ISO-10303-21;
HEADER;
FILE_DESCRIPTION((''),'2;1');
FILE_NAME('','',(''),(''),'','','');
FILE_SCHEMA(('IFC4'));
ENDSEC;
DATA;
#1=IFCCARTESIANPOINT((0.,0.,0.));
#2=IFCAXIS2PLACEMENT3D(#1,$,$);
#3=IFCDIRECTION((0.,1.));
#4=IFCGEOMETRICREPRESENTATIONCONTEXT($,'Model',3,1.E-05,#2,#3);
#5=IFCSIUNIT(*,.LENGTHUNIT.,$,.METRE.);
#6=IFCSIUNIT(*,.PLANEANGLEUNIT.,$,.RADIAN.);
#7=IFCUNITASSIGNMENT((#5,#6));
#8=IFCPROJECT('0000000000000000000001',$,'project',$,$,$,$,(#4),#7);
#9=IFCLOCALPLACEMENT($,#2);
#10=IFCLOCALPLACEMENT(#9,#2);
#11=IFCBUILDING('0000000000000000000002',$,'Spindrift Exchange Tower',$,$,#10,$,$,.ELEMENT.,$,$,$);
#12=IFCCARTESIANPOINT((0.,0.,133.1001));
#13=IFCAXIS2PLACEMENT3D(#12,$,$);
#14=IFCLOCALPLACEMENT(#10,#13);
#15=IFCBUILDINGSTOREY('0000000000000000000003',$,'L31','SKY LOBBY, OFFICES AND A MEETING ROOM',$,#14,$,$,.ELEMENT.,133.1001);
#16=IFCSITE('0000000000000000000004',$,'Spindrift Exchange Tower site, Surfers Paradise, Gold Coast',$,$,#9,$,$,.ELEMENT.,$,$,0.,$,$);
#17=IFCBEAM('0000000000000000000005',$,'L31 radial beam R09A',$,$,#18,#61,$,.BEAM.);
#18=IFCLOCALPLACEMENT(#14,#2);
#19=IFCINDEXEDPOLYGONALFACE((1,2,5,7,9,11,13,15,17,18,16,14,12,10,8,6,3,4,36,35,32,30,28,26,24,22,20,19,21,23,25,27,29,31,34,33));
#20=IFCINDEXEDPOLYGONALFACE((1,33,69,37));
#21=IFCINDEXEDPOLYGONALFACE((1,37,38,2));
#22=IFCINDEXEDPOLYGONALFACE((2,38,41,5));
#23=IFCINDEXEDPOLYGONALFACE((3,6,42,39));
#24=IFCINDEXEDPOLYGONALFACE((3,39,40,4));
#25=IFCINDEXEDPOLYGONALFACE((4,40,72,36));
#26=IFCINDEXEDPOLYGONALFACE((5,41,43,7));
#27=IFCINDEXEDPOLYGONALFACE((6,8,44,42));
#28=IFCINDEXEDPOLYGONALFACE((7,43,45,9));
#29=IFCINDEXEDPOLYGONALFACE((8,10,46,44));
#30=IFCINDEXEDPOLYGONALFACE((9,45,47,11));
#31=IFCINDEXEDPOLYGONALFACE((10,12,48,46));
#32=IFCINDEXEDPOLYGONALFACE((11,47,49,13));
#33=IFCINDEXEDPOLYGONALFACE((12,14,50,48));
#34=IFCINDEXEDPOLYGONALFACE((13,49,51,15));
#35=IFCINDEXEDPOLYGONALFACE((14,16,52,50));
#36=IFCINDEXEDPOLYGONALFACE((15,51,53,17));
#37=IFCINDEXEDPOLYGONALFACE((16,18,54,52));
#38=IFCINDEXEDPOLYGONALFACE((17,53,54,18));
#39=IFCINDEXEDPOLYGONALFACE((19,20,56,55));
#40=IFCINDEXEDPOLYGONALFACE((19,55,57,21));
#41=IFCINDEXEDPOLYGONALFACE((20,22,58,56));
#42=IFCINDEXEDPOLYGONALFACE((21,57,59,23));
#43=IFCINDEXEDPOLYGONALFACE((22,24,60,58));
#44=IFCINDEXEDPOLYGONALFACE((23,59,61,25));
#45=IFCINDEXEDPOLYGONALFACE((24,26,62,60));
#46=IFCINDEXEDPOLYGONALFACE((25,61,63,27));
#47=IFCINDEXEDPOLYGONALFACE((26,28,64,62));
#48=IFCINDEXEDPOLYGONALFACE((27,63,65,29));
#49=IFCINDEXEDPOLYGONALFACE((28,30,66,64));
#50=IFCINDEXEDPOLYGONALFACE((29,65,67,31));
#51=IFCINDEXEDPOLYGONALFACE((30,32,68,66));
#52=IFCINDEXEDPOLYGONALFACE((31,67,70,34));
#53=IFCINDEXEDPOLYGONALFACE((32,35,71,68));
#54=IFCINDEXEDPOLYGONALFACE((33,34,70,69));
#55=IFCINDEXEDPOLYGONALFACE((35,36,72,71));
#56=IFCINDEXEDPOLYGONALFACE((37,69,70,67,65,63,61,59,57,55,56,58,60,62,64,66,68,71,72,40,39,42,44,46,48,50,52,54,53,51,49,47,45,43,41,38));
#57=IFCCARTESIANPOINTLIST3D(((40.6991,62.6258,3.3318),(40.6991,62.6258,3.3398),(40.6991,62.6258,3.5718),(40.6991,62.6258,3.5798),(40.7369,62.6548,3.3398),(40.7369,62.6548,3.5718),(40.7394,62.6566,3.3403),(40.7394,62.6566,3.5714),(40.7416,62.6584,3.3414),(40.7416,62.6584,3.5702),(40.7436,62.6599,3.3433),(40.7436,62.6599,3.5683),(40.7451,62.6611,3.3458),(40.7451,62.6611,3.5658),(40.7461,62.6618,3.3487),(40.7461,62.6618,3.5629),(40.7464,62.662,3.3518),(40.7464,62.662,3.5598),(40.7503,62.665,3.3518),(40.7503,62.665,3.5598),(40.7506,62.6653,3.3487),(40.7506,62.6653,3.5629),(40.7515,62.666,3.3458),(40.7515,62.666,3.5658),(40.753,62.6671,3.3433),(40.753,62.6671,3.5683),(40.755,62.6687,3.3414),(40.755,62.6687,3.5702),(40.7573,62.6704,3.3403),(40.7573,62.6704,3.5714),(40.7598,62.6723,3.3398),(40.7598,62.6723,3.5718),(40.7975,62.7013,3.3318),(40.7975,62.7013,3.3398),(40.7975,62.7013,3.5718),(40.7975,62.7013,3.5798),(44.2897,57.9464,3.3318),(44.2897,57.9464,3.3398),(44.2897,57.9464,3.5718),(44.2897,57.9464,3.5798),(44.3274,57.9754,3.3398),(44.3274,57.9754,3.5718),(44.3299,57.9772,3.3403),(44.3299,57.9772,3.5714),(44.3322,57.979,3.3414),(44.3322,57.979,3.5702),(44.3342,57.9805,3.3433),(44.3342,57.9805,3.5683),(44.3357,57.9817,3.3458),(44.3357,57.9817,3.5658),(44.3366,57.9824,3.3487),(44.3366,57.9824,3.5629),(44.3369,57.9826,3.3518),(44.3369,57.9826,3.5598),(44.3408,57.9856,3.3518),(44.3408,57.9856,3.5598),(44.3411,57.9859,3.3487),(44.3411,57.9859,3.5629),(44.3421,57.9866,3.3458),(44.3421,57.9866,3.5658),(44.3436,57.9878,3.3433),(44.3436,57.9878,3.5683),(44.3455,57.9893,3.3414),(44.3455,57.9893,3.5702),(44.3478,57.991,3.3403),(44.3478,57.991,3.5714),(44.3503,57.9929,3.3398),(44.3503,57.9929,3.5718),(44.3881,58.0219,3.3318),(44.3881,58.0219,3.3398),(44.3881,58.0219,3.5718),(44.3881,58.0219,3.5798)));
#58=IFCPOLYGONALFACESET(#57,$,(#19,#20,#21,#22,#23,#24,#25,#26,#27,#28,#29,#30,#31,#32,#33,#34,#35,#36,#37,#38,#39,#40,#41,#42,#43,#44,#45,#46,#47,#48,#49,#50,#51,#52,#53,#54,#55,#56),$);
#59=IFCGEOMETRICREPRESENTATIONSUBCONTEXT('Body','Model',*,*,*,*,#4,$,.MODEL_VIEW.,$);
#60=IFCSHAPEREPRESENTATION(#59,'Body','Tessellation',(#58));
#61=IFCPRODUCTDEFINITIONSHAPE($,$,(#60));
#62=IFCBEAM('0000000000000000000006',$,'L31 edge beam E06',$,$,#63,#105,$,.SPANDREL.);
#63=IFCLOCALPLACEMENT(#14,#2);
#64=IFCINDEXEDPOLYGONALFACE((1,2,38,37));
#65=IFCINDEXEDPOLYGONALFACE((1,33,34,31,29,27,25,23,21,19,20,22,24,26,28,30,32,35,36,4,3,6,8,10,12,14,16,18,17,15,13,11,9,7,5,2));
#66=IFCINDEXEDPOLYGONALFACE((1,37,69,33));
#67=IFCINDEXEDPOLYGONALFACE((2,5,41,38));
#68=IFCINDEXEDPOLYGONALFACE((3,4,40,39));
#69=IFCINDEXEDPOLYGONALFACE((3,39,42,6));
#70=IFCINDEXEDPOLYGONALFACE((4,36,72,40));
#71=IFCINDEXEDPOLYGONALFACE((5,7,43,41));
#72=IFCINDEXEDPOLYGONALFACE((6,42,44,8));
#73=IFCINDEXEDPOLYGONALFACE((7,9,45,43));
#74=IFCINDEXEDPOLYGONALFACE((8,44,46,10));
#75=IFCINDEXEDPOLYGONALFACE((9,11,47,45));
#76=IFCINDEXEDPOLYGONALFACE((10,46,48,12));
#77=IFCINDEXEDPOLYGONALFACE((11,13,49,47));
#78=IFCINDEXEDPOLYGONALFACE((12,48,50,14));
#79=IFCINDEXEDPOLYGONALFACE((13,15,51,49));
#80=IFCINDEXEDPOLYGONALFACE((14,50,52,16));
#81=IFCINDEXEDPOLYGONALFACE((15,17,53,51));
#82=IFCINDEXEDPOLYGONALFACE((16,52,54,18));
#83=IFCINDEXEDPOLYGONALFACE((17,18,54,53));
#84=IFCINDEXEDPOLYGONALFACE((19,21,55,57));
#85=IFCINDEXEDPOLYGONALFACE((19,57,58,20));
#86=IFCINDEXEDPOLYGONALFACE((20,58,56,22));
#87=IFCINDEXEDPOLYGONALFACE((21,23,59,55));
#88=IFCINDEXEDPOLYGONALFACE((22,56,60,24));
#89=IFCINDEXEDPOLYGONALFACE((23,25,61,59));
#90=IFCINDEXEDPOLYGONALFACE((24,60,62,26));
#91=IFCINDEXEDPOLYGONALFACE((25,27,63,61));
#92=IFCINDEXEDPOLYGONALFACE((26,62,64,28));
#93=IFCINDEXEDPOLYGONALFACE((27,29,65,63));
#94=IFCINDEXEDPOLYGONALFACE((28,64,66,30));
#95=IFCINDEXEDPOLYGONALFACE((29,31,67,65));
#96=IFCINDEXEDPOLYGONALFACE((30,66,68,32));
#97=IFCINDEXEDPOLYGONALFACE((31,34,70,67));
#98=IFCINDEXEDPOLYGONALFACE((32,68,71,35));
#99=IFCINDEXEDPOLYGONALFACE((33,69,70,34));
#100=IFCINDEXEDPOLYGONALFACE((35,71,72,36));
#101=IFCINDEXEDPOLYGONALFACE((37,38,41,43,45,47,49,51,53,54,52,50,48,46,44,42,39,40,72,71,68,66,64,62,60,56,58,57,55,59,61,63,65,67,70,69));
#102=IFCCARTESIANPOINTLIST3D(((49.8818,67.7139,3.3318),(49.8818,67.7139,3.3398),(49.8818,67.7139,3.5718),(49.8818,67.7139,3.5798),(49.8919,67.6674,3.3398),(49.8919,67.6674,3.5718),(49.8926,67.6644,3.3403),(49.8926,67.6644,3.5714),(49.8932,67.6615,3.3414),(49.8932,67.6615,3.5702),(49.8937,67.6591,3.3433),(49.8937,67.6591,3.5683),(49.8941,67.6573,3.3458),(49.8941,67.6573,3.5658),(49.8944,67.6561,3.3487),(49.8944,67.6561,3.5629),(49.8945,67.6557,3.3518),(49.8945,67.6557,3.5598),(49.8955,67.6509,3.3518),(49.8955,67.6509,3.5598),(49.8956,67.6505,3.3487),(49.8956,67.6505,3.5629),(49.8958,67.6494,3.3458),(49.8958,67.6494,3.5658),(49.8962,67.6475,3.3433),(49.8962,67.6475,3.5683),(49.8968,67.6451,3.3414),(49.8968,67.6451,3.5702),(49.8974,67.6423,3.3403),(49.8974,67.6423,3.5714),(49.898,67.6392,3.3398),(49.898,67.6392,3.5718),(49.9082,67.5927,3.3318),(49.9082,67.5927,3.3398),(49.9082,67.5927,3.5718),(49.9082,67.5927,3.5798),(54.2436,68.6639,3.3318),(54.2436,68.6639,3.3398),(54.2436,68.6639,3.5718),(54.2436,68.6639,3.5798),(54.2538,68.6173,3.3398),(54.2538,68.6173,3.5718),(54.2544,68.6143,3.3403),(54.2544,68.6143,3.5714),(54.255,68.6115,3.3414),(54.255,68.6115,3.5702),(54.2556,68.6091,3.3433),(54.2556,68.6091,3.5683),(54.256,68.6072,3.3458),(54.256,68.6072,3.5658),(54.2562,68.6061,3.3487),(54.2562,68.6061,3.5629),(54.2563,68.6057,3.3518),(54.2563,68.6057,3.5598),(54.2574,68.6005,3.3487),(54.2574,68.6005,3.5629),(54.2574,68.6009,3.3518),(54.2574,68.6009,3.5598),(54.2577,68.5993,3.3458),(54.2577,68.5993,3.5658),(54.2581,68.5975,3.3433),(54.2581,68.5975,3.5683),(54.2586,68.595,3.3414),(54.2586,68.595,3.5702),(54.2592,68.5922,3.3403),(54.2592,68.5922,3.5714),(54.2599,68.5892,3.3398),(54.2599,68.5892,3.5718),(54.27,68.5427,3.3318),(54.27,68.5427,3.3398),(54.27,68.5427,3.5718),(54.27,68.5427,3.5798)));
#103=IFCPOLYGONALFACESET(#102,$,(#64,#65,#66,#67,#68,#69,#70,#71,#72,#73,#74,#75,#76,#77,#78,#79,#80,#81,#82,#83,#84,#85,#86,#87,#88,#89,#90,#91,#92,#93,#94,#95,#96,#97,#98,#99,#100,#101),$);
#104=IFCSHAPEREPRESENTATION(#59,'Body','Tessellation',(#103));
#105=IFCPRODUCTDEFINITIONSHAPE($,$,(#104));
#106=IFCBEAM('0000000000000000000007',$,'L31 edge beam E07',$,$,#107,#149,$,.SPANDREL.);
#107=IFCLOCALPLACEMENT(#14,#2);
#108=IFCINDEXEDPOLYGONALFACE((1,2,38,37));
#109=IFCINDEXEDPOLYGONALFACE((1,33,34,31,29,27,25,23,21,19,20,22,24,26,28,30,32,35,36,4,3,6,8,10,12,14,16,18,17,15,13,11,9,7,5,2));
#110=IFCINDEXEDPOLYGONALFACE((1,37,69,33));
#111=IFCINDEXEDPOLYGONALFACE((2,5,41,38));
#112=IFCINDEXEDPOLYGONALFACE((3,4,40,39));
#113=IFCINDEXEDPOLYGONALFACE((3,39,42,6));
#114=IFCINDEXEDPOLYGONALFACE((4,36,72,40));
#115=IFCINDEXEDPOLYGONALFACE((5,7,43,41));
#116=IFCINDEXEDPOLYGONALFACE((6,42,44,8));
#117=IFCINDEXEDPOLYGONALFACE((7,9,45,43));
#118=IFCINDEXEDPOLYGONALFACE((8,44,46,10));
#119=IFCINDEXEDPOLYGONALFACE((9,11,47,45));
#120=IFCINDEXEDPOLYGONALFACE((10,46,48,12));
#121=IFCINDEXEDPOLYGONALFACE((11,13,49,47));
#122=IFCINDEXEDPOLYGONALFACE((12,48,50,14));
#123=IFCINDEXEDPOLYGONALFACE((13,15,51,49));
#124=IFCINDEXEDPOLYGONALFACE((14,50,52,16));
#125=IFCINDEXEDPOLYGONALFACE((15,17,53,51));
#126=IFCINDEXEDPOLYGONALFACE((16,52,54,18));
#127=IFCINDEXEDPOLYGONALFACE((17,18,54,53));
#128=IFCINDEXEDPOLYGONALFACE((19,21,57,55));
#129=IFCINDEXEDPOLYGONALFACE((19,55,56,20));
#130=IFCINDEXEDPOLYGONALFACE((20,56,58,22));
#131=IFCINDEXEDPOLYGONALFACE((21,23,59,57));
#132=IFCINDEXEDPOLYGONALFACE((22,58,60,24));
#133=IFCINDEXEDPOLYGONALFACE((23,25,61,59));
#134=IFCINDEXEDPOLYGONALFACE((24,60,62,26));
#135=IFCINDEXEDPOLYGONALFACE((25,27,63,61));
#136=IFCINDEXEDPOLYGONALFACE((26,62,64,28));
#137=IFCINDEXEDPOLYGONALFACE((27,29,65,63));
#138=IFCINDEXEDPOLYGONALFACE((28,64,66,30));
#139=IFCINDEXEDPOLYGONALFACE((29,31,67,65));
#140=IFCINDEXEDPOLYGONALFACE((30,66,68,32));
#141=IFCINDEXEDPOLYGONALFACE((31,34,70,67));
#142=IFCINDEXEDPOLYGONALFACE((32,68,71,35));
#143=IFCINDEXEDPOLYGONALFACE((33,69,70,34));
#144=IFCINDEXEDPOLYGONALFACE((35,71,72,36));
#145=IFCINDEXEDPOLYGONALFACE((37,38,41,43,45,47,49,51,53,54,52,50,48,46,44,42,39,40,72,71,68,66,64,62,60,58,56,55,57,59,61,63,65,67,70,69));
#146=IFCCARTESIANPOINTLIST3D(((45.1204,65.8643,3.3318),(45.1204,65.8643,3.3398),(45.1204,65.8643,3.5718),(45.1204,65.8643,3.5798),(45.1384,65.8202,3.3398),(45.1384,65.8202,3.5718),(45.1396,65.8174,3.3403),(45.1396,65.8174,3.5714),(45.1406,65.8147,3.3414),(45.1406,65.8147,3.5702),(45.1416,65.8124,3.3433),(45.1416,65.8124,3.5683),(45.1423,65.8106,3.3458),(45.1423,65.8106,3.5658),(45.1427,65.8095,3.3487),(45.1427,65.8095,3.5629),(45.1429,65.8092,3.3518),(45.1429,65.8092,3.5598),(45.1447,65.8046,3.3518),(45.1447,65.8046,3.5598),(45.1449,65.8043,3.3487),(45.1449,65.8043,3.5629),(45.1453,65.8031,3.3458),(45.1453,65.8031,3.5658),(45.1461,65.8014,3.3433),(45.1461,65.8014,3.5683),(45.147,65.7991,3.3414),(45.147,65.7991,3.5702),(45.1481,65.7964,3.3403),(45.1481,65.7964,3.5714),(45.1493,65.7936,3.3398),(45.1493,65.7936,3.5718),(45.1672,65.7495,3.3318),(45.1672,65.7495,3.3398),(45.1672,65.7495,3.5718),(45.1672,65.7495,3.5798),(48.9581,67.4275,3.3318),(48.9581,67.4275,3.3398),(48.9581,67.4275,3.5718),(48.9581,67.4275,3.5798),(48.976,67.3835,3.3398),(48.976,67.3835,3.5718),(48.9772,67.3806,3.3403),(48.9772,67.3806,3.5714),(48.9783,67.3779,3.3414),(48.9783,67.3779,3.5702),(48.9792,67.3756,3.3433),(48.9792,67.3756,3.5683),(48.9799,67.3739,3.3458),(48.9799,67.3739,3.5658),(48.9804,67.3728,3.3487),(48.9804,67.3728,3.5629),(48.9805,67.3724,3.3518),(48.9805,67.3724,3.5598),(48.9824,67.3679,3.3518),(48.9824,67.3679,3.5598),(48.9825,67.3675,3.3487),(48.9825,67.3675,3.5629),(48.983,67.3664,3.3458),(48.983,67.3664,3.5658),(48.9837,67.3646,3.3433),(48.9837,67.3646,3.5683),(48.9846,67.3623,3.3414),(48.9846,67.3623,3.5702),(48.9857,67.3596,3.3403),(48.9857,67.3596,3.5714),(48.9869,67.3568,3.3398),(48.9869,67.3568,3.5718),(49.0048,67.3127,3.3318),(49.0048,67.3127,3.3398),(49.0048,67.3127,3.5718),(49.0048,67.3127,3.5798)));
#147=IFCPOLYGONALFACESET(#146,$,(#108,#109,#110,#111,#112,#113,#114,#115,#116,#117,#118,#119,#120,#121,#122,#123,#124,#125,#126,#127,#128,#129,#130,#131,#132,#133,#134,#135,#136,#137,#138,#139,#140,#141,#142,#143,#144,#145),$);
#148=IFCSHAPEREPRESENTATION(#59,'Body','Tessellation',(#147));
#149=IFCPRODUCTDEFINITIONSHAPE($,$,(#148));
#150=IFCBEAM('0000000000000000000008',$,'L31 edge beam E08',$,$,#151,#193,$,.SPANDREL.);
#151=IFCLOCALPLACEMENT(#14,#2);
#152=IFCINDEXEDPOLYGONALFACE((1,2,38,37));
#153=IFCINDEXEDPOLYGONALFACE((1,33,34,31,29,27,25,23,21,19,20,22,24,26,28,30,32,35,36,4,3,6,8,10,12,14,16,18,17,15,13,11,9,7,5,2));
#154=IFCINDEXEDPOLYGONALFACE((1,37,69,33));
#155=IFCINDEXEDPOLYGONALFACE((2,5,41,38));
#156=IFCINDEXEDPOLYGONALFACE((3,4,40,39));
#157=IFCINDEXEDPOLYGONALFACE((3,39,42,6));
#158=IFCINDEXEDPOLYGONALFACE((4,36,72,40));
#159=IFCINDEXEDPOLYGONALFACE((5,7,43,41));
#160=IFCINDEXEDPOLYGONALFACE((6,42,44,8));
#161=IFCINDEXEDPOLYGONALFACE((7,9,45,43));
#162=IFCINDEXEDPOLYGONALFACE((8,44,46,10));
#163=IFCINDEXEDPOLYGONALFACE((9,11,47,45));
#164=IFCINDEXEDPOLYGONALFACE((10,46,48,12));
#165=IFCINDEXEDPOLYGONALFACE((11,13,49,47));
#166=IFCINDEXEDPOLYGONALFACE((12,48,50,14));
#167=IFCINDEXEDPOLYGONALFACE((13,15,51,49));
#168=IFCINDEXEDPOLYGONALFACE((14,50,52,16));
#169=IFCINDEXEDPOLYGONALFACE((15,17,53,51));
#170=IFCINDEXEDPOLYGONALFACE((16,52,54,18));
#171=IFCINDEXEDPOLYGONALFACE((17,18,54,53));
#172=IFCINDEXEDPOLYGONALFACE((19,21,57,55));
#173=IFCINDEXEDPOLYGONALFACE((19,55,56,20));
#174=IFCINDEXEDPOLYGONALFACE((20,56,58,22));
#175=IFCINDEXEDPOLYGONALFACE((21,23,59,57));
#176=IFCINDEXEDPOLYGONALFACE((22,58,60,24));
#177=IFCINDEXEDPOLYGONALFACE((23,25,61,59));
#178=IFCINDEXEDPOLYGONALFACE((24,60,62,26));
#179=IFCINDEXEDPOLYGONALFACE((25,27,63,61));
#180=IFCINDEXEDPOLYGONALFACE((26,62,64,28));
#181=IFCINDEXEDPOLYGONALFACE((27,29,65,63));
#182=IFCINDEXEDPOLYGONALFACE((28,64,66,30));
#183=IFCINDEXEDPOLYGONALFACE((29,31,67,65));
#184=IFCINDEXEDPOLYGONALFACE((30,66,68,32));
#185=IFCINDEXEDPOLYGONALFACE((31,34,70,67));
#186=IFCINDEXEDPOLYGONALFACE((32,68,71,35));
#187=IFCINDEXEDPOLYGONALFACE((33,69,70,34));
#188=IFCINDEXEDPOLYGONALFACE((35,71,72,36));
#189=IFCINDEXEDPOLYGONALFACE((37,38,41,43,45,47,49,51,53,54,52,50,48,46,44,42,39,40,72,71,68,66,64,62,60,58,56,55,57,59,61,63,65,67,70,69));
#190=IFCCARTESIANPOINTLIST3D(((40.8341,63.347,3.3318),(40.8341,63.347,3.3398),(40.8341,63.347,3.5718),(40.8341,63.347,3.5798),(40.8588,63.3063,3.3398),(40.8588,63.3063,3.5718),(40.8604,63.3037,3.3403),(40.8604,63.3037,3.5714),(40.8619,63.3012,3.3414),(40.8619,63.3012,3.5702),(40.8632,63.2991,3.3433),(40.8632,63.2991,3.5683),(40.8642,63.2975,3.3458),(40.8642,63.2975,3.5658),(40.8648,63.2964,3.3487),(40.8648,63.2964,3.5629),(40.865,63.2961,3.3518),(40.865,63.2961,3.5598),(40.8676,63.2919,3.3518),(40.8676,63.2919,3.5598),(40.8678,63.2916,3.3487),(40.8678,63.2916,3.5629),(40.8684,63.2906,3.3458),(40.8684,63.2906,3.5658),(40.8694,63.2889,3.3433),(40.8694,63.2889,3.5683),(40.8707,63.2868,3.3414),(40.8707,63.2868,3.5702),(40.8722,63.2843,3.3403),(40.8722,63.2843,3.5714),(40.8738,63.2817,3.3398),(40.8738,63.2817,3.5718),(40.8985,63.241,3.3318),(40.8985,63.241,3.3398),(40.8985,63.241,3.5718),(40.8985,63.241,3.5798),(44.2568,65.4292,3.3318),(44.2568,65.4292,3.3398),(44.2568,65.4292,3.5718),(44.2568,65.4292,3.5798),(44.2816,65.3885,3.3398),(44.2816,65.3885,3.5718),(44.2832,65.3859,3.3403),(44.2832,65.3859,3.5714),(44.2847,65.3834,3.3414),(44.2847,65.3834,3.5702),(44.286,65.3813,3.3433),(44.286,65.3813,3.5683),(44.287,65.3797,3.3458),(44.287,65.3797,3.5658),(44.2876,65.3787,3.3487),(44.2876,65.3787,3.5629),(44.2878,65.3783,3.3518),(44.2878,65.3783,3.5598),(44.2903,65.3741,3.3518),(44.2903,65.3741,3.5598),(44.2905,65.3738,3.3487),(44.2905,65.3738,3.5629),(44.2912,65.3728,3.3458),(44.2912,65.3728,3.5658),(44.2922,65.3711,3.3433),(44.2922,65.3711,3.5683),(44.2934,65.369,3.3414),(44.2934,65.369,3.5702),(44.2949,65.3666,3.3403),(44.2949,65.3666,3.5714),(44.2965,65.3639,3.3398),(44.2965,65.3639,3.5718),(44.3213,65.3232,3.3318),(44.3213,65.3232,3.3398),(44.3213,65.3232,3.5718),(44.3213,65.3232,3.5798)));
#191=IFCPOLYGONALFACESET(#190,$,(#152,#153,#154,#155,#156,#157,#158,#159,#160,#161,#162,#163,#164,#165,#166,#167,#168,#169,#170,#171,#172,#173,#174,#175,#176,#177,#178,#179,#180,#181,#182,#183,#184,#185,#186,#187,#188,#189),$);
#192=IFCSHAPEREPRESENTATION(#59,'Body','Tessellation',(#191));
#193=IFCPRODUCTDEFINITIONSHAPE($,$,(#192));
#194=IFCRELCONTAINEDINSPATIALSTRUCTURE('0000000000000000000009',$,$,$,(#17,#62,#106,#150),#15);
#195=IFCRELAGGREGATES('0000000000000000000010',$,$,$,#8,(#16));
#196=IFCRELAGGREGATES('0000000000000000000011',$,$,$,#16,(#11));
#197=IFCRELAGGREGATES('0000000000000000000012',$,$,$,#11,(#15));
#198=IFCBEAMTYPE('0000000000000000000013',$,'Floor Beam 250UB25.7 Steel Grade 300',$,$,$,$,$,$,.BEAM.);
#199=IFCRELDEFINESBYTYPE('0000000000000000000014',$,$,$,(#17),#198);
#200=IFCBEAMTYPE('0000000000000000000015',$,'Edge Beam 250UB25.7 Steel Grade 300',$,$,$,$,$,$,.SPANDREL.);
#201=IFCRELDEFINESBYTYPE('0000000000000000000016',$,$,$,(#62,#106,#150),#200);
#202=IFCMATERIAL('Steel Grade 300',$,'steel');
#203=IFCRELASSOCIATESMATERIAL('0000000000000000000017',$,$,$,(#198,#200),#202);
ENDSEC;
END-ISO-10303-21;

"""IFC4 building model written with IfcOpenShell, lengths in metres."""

from ifc_helpers import new_model, si_unit, direction, frame, origin, origin_2d, place, context, subcontext, project, spatial, i_section, extrude, source, transform, mapped, material, material_profile, profile_set, type_object, element, save


model = new_model("IFC4")

# Units and contexts
model_context = context("Model", 3, precision=1e-05, world=origin(), true_north=direction((0.0, 1.0)))
body_context = subcontext(model_context, "Body", "Model", "MODEL_VIEW")
ifc_project = project(units=[si_unit("LENGTHUNIT", "METRE"), si_unit("PLANEANGLEUNIT", "RADIAN")], contexts=[model_context])

# Site, building, storey
site_placement = place(None, origin())
site = spatial("IfcSite", under=ifc_project, at=site_placement, Name="Spindrift Exchange Tower site, Surfers Paradise, Gold Coast", CompositionType="ELEMENT", RefElevation=0.0)
building_placement = place(site_placement, origin())
building = spatial("IfcBuilding", under=site, at=building_placement, Name="Spindrift Exchange Tower", CompositionType="ELEMENT")
storey_placement = place(building_placement, frame((0.0, 0.0, 133.1001)))
storey = spatial("IfcBuildingStorey", under=building, at=storey_placement, Name="L31", Description="SKY LOBBY, OFFICES AND A MEETING ROOM", CompositionType="ELEMENT", Elevation=133.1001)

# Beams
ifc_material_1 = material(Name="Steel Grade 300", Category="steel")
ifc_material_profile_1 = material_profile(ifc_material_1, i_section(OverallWidth=0.124, OverallDepth=0.248, WebThickness=0.0049, FlangeThickness=0.0081, FilletRadius=0.012, at=origin_2d()), Name="250UB25.7")
ifc_profile_set_1 = profile_set([ifc_material_profile_1], Name="Steel Grade 300")
beam_type_1 = type_object("IfcBeamType", Name="Floor Beam 250UB25.7 Steel Grade 300", PredefinedType="BEAM", material=ifc_profile_set_1)
shared_shape_1 = source(origin(), body_context, "Body", "SweptSolid", [
    extrude(i_section(OverallWidth=0.124, OverallDepth=0.248, WebThickness=0.0049, FlangeThickness=0.0081, FilletRadius=0.012, at=origin_2d()), origin(), (0.0, 0.0, 1.0), 5.8982),
])
beam_1_placement = place(storey_placement, frame((44.3389, 57.9841, 3.4558), z_axis=(-0.608752, 0.79336, 0.0), x_axis=(-0.79336, -0.608752, 0.0)))
element("IfcBeam", 1, at=beam_1_placement, inside=storey, type_object=beam_type_1, Name="L31 radial beam R09A", PredefinedType="BEAM", context=body_context, shape_type="MappedRepresentation", body=[
    mapped(shared_shape_1, transform((0.0, 0.0, 0.0), scale=1.0)),
])
ifc_material_profile_2 = material_profile(ifc_material_1, i_section(OverallWidth=0.124, OverallDepth=0.248, WebThickness=0.0049, FlangeThickness=0.0081, FilletRadius=0.012, at=origin_2d()), Name="250UB25.7")
ifc_profile_set_2 = profile_set([ifc_material_profile_2], Name="Steel Grade 300")
beam_type_2 = type_object("IfcBeamType", Name="Edge Beam 250UB25.7 Steel Grade 300", PredefinedType="SPANDREL", material=ifc_profile_set_2)
shared_shape_2 = source(origin(), body_context, "Body", "SweptSolid", [
    extrude(i_section(OverallWidth=0.124, OverallDepth=0.248, WebThickness=0.0049, FlangeThickness=0.0081, FilletRadius=0.012, at=origin_2d()), origin(), (0.0, 0.0, 1.0), 4.4641),
])
beam_2_placement = place(storey_placement, frame((54.2568, 68.6033, 3.4558), z_axis=(-0.977096, -0.2128, 0.0), x_axis=(0.2128, -0.977096, 0.0)))
element("IfcBeam", 2, at=beam_2_placement, inside=storey, type_object=beam_type_2, Name="L31 edge beam E06", PredefinedType="SPANDREL", context=body_context, shape_type="MappedRepresentation", body=[
    mapped(shared_shape_2, transform((0.0, 0.0, 0.0), scale=1.0)),
])
shared_shape_3 = source(origin(), body_context, "Body", "SweptSolid", [
    extrude(i_section(OverallWidth=0.124, OverallDepth=0.248, WebThickness=0.0049, FlangeThickness=0.0081, FilletRadius=0.012, at=origin_2d()), origin(), (0.0, 0.0, 1.0), 4.1438),
])
beam_3_placement = place(storey_placement, frame((48.9814, 67.3701, 3.4558), z_axis=(-0.926114, -0.377244, 0.0), x_axis=(0.377244, -0.926114, 0.0)))
element("IfcBeam", 3, at=beam_3_placement, inside=storey, type_object=beam_type_2, Name="L31 edge beam E07", PredefinedType="SPANDREL", context=body_context, shape_type="MappedRepresentation", body=[
    mapped(shared_shape_3, transform((0.0, 0.0, 0.0), scale=1.0)),
])
shared_shape_4 = source(origin(), body_context, "Body", "SweptSolid", [
    extrude(i_section(OverallWidth=0.124, OverallDepth=0.248, WebThickness=0.0049, FlangeThickness=0.0081, FilletRadius=0.012, at=origin_2d()), origin(), (0.0, 0.0, 1.0), 4.0063),
])
beam_4_placement = place(storey_placement, frame((44.2891, 65.3762, 3.4558), z_axis=(-0.854331, -0.519728, 0.0), x_axis=(0.519728, -0.854331, 0.0)))
element("IfcBeam", 4, at=beam_4_placement, inside=storey, type_object=beam_type_2, Name="L31 edge beam E08", PredefinedType="SPANDREL", context=body_context, shape_type="MappedRepresentation", body=[
    mapped(shared_shape_4, transform((0.0, 0.0, 0.0), scale=1.0)),
])

save(model, "model.ifc")
